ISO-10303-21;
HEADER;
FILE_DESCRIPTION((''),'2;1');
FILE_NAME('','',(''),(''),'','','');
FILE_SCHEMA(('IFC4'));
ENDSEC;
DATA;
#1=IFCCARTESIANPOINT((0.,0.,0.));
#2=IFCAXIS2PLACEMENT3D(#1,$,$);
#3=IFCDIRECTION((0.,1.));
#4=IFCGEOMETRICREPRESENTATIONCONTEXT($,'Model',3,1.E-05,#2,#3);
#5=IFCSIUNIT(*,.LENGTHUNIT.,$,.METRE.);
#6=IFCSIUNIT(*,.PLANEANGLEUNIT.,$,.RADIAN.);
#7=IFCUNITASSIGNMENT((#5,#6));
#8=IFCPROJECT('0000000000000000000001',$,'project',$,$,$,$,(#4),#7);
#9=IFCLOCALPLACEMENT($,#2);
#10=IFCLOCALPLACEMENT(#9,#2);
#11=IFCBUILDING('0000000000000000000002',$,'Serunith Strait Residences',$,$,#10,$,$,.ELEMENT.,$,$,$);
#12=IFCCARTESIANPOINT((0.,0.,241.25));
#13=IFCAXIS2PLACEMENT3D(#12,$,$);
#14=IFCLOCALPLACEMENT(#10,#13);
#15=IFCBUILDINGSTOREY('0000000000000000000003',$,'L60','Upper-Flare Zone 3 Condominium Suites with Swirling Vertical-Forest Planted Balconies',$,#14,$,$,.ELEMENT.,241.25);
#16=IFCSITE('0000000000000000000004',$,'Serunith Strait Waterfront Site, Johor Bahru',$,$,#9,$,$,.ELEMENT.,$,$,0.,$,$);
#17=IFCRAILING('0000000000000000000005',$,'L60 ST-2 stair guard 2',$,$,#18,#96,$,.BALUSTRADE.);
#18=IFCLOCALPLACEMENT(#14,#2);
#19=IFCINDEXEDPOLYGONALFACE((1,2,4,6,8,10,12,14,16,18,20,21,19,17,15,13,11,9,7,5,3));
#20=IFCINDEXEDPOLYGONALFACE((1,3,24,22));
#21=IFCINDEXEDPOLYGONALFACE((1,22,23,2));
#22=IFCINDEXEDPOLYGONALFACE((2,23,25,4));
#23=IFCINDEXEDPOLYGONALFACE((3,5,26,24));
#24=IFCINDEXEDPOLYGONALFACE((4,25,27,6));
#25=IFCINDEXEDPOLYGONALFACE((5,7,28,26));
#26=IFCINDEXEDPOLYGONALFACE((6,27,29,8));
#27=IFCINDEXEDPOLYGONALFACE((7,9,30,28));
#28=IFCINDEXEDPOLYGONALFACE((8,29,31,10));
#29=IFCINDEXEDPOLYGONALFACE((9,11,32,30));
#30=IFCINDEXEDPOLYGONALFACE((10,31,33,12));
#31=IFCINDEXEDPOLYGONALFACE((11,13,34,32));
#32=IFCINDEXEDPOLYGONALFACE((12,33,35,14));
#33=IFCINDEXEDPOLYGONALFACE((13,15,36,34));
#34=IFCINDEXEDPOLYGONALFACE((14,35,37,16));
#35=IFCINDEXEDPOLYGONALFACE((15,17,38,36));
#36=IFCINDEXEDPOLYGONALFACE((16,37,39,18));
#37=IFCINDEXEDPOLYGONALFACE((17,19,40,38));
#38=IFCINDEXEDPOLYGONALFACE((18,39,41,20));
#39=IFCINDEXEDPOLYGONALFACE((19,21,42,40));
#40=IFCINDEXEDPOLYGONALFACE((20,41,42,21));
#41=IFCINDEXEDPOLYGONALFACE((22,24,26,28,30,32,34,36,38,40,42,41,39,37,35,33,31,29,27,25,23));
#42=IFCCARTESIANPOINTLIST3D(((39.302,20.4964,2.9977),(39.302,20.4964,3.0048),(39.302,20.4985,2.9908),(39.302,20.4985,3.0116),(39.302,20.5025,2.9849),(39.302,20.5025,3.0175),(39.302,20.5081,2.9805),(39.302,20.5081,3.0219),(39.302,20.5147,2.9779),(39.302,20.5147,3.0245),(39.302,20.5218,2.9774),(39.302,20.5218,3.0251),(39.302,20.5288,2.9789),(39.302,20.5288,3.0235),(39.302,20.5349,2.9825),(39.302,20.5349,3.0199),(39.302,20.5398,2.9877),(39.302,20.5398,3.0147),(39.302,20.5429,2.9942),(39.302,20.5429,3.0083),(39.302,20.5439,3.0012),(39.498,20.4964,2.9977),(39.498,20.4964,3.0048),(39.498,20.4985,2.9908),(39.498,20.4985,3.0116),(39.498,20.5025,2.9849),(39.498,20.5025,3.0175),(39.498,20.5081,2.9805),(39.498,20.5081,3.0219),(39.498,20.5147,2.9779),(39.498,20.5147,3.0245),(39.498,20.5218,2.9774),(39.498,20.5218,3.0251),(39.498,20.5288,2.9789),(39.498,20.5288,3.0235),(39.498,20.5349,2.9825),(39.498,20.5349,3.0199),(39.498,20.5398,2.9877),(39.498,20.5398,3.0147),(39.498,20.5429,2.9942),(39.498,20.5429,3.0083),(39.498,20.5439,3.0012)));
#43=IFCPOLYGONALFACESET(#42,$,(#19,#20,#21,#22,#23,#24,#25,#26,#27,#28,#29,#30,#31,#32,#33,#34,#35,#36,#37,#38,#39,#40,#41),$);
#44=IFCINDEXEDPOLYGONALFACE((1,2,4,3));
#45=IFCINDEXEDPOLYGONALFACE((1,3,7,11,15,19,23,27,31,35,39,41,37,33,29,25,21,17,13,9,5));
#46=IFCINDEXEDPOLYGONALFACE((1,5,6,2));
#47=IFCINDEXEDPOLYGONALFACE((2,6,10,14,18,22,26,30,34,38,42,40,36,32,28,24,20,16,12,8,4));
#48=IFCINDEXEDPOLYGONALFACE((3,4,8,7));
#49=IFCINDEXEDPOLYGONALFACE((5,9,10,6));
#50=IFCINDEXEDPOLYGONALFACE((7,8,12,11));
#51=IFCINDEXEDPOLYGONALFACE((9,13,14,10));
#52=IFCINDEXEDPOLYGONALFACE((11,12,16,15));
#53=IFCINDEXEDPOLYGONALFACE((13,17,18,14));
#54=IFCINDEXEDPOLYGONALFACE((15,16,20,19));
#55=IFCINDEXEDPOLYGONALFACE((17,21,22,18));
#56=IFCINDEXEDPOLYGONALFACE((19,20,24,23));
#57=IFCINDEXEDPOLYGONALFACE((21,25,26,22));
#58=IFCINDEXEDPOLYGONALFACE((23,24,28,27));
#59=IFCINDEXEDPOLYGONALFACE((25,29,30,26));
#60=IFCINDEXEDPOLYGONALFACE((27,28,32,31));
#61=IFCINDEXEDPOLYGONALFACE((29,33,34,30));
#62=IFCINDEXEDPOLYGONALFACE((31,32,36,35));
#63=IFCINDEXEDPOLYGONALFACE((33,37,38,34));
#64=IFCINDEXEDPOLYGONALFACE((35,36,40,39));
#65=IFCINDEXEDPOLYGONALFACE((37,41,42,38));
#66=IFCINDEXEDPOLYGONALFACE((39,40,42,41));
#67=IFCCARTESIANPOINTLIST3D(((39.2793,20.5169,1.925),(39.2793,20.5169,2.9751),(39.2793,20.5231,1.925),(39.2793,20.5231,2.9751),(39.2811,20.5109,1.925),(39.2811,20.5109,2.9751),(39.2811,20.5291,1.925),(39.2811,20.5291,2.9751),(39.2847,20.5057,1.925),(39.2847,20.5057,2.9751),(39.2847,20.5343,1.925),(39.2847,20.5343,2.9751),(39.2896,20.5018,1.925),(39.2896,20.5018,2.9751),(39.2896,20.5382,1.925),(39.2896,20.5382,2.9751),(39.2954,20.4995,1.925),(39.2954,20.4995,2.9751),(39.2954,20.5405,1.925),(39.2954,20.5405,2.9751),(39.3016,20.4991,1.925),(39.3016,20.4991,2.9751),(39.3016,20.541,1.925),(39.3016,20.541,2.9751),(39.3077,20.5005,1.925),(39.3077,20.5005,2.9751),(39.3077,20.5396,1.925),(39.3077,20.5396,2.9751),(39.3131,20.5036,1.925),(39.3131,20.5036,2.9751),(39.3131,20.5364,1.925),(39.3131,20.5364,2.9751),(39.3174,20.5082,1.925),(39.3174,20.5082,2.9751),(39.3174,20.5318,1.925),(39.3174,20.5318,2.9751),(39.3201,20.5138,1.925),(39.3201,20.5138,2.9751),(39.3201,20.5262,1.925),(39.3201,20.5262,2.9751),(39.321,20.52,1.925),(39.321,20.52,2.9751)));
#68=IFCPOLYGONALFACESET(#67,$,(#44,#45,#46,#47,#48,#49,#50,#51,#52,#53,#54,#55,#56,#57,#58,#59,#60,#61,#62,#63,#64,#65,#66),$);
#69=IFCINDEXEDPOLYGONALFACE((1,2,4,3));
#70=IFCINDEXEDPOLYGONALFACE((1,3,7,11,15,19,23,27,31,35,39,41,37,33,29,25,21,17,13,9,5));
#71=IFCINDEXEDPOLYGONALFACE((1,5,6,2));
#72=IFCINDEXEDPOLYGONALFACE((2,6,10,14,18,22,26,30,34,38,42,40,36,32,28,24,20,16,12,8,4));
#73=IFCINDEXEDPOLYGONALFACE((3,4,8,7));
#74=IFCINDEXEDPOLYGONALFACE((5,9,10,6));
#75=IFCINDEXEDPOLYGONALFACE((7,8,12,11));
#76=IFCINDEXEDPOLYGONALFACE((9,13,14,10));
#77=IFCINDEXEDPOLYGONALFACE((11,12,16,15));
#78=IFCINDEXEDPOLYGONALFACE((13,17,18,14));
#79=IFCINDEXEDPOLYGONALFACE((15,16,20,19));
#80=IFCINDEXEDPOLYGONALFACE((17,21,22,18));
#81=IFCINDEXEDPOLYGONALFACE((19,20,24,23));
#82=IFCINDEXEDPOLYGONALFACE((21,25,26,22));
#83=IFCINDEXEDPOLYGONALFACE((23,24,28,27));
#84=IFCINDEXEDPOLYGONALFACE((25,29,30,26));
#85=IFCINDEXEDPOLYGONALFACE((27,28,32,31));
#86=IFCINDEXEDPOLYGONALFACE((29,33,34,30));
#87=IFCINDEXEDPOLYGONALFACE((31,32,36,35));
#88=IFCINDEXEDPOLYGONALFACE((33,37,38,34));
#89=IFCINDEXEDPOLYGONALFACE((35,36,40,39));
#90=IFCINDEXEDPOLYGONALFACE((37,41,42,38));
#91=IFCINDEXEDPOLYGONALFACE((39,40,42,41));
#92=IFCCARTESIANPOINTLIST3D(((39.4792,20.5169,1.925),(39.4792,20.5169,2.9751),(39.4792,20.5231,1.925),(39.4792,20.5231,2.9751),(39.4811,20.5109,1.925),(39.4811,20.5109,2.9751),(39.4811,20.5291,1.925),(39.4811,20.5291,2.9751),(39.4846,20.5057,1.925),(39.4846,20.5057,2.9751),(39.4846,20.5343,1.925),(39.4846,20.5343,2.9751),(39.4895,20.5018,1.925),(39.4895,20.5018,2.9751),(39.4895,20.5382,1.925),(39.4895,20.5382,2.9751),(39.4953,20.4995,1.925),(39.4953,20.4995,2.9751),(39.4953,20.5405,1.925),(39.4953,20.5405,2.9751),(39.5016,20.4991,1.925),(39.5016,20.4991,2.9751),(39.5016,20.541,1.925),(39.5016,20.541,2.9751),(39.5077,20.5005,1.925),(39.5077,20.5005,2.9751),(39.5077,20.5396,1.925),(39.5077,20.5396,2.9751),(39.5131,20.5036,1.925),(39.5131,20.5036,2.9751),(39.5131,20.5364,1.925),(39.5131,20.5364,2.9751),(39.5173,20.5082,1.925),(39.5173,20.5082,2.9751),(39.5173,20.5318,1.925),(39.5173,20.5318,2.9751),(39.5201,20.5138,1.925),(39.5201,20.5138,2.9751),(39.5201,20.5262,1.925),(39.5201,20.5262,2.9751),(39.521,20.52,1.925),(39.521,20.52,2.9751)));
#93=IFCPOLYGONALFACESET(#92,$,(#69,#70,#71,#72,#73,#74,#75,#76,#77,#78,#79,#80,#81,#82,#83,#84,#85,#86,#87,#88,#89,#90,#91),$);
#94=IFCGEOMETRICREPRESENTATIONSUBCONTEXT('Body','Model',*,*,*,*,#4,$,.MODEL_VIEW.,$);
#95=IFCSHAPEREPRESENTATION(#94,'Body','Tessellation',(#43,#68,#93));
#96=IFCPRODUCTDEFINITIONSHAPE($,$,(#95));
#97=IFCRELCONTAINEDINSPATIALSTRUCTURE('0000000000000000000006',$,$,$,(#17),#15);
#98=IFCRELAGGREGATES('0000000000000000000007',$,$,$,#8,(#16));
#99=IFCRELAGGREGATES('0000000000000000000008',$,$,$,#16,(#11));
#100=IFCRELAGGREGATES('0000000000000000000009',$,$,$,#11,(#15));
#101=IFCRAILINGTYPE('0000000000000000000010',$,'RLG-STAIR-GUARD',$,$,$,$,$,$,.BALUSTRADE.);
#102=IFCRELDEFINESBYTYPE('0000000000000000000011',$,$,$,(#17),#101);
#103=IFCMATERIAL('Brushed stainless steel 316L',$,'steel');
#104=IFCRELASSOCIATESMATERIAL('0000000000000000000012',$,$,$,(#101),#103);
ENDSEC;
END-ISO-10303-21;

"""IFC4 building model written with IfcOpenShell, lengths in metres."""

from ifc_helpers import new_model, si_unit, direction, frame, origin, origin_2d, place, context, subcontext, project, spatial, circle, extrude, material, type_object, element, save


model = new_model("IFC4")

# Units and contexts
model_context = context("Model", 3, precision=1e-05, world=origin(), true_north=direction((0.0, 1.0)))
body_context = subcontext(model_context, "Body", "Model", "MODEL_VIEW")
ifc_project = project(units=[si_unit("LENGTHUNIT", "METRE"), si_unit("PLANEANGLEUNIT", "RADIAN")], contexts=[model_context])

# Site, building, storey
site_placement = place(None, origin())
site = spatial("IfcSite", under=ifc_project, at=site_placement, Name="Serunith Strait Waterfront Site, Johor Bahru", CompositionType="ELEMENT", RefElevation=0.0)
building_placement = place(site_placement, origin())
building = spatial("IfcBuilding", under=site, at=building_placement, Name="Serunith Strait Residences", CompositionType="ELEMENT")
storey_placement = place(building_placement, frame((0.0, 0.0, 241.25)))
storey = spatial("IfcBuildingStorey", under=building, at=storey_placement, Name="L60", Description="Upper-Flare Zone 3 Condominium Suites with Swirling Vertical-Forest Planted Balconies", CompositionType="ELEMENT", Elevation=241.25)

# Railing
ifc_material_1 = material(Name="Brushed stainless steel 316L", Category="steel")
railing_type_1 = type_object("IfcRailingType", Name="RLG-STAIR-GUARD", PredefinedType="BALUSTRADE", material=ifc_material_1)
railing_1_placement = place(storey_placement, frame((39.3, 20.52, 1.925)))
element("IfcRailing", 1, at=railing_1_placement, inside=storey, type_object=railing_type_1, Name="L60 ST-2 stair guard 2", PredefinedType="BALUSTRADE", context=body_context, shape_type="SweptSolid", body=[
    extrude(circle(Radius=0.0239, at=origin_2d()), frame((0.002, 0.0, 1.0762), z_axis=(1.0, 0.0, 0.0), x_axis=(0.0, 1.0, 0.0)), (0.0, 0.0, 1.0), 0.196),
    extrude(circle(Radius=0.021, at=origin_2d()), origin(), (0.0, 0.0, 1.0), 1.05),
    extrude(circle(Radius=0.021, at=origin_2d()), frame((0.2, 0.0, 0.0)), (0.0, 0.0, 1.0), 1.05),
])

save(model, "model.ifc")
